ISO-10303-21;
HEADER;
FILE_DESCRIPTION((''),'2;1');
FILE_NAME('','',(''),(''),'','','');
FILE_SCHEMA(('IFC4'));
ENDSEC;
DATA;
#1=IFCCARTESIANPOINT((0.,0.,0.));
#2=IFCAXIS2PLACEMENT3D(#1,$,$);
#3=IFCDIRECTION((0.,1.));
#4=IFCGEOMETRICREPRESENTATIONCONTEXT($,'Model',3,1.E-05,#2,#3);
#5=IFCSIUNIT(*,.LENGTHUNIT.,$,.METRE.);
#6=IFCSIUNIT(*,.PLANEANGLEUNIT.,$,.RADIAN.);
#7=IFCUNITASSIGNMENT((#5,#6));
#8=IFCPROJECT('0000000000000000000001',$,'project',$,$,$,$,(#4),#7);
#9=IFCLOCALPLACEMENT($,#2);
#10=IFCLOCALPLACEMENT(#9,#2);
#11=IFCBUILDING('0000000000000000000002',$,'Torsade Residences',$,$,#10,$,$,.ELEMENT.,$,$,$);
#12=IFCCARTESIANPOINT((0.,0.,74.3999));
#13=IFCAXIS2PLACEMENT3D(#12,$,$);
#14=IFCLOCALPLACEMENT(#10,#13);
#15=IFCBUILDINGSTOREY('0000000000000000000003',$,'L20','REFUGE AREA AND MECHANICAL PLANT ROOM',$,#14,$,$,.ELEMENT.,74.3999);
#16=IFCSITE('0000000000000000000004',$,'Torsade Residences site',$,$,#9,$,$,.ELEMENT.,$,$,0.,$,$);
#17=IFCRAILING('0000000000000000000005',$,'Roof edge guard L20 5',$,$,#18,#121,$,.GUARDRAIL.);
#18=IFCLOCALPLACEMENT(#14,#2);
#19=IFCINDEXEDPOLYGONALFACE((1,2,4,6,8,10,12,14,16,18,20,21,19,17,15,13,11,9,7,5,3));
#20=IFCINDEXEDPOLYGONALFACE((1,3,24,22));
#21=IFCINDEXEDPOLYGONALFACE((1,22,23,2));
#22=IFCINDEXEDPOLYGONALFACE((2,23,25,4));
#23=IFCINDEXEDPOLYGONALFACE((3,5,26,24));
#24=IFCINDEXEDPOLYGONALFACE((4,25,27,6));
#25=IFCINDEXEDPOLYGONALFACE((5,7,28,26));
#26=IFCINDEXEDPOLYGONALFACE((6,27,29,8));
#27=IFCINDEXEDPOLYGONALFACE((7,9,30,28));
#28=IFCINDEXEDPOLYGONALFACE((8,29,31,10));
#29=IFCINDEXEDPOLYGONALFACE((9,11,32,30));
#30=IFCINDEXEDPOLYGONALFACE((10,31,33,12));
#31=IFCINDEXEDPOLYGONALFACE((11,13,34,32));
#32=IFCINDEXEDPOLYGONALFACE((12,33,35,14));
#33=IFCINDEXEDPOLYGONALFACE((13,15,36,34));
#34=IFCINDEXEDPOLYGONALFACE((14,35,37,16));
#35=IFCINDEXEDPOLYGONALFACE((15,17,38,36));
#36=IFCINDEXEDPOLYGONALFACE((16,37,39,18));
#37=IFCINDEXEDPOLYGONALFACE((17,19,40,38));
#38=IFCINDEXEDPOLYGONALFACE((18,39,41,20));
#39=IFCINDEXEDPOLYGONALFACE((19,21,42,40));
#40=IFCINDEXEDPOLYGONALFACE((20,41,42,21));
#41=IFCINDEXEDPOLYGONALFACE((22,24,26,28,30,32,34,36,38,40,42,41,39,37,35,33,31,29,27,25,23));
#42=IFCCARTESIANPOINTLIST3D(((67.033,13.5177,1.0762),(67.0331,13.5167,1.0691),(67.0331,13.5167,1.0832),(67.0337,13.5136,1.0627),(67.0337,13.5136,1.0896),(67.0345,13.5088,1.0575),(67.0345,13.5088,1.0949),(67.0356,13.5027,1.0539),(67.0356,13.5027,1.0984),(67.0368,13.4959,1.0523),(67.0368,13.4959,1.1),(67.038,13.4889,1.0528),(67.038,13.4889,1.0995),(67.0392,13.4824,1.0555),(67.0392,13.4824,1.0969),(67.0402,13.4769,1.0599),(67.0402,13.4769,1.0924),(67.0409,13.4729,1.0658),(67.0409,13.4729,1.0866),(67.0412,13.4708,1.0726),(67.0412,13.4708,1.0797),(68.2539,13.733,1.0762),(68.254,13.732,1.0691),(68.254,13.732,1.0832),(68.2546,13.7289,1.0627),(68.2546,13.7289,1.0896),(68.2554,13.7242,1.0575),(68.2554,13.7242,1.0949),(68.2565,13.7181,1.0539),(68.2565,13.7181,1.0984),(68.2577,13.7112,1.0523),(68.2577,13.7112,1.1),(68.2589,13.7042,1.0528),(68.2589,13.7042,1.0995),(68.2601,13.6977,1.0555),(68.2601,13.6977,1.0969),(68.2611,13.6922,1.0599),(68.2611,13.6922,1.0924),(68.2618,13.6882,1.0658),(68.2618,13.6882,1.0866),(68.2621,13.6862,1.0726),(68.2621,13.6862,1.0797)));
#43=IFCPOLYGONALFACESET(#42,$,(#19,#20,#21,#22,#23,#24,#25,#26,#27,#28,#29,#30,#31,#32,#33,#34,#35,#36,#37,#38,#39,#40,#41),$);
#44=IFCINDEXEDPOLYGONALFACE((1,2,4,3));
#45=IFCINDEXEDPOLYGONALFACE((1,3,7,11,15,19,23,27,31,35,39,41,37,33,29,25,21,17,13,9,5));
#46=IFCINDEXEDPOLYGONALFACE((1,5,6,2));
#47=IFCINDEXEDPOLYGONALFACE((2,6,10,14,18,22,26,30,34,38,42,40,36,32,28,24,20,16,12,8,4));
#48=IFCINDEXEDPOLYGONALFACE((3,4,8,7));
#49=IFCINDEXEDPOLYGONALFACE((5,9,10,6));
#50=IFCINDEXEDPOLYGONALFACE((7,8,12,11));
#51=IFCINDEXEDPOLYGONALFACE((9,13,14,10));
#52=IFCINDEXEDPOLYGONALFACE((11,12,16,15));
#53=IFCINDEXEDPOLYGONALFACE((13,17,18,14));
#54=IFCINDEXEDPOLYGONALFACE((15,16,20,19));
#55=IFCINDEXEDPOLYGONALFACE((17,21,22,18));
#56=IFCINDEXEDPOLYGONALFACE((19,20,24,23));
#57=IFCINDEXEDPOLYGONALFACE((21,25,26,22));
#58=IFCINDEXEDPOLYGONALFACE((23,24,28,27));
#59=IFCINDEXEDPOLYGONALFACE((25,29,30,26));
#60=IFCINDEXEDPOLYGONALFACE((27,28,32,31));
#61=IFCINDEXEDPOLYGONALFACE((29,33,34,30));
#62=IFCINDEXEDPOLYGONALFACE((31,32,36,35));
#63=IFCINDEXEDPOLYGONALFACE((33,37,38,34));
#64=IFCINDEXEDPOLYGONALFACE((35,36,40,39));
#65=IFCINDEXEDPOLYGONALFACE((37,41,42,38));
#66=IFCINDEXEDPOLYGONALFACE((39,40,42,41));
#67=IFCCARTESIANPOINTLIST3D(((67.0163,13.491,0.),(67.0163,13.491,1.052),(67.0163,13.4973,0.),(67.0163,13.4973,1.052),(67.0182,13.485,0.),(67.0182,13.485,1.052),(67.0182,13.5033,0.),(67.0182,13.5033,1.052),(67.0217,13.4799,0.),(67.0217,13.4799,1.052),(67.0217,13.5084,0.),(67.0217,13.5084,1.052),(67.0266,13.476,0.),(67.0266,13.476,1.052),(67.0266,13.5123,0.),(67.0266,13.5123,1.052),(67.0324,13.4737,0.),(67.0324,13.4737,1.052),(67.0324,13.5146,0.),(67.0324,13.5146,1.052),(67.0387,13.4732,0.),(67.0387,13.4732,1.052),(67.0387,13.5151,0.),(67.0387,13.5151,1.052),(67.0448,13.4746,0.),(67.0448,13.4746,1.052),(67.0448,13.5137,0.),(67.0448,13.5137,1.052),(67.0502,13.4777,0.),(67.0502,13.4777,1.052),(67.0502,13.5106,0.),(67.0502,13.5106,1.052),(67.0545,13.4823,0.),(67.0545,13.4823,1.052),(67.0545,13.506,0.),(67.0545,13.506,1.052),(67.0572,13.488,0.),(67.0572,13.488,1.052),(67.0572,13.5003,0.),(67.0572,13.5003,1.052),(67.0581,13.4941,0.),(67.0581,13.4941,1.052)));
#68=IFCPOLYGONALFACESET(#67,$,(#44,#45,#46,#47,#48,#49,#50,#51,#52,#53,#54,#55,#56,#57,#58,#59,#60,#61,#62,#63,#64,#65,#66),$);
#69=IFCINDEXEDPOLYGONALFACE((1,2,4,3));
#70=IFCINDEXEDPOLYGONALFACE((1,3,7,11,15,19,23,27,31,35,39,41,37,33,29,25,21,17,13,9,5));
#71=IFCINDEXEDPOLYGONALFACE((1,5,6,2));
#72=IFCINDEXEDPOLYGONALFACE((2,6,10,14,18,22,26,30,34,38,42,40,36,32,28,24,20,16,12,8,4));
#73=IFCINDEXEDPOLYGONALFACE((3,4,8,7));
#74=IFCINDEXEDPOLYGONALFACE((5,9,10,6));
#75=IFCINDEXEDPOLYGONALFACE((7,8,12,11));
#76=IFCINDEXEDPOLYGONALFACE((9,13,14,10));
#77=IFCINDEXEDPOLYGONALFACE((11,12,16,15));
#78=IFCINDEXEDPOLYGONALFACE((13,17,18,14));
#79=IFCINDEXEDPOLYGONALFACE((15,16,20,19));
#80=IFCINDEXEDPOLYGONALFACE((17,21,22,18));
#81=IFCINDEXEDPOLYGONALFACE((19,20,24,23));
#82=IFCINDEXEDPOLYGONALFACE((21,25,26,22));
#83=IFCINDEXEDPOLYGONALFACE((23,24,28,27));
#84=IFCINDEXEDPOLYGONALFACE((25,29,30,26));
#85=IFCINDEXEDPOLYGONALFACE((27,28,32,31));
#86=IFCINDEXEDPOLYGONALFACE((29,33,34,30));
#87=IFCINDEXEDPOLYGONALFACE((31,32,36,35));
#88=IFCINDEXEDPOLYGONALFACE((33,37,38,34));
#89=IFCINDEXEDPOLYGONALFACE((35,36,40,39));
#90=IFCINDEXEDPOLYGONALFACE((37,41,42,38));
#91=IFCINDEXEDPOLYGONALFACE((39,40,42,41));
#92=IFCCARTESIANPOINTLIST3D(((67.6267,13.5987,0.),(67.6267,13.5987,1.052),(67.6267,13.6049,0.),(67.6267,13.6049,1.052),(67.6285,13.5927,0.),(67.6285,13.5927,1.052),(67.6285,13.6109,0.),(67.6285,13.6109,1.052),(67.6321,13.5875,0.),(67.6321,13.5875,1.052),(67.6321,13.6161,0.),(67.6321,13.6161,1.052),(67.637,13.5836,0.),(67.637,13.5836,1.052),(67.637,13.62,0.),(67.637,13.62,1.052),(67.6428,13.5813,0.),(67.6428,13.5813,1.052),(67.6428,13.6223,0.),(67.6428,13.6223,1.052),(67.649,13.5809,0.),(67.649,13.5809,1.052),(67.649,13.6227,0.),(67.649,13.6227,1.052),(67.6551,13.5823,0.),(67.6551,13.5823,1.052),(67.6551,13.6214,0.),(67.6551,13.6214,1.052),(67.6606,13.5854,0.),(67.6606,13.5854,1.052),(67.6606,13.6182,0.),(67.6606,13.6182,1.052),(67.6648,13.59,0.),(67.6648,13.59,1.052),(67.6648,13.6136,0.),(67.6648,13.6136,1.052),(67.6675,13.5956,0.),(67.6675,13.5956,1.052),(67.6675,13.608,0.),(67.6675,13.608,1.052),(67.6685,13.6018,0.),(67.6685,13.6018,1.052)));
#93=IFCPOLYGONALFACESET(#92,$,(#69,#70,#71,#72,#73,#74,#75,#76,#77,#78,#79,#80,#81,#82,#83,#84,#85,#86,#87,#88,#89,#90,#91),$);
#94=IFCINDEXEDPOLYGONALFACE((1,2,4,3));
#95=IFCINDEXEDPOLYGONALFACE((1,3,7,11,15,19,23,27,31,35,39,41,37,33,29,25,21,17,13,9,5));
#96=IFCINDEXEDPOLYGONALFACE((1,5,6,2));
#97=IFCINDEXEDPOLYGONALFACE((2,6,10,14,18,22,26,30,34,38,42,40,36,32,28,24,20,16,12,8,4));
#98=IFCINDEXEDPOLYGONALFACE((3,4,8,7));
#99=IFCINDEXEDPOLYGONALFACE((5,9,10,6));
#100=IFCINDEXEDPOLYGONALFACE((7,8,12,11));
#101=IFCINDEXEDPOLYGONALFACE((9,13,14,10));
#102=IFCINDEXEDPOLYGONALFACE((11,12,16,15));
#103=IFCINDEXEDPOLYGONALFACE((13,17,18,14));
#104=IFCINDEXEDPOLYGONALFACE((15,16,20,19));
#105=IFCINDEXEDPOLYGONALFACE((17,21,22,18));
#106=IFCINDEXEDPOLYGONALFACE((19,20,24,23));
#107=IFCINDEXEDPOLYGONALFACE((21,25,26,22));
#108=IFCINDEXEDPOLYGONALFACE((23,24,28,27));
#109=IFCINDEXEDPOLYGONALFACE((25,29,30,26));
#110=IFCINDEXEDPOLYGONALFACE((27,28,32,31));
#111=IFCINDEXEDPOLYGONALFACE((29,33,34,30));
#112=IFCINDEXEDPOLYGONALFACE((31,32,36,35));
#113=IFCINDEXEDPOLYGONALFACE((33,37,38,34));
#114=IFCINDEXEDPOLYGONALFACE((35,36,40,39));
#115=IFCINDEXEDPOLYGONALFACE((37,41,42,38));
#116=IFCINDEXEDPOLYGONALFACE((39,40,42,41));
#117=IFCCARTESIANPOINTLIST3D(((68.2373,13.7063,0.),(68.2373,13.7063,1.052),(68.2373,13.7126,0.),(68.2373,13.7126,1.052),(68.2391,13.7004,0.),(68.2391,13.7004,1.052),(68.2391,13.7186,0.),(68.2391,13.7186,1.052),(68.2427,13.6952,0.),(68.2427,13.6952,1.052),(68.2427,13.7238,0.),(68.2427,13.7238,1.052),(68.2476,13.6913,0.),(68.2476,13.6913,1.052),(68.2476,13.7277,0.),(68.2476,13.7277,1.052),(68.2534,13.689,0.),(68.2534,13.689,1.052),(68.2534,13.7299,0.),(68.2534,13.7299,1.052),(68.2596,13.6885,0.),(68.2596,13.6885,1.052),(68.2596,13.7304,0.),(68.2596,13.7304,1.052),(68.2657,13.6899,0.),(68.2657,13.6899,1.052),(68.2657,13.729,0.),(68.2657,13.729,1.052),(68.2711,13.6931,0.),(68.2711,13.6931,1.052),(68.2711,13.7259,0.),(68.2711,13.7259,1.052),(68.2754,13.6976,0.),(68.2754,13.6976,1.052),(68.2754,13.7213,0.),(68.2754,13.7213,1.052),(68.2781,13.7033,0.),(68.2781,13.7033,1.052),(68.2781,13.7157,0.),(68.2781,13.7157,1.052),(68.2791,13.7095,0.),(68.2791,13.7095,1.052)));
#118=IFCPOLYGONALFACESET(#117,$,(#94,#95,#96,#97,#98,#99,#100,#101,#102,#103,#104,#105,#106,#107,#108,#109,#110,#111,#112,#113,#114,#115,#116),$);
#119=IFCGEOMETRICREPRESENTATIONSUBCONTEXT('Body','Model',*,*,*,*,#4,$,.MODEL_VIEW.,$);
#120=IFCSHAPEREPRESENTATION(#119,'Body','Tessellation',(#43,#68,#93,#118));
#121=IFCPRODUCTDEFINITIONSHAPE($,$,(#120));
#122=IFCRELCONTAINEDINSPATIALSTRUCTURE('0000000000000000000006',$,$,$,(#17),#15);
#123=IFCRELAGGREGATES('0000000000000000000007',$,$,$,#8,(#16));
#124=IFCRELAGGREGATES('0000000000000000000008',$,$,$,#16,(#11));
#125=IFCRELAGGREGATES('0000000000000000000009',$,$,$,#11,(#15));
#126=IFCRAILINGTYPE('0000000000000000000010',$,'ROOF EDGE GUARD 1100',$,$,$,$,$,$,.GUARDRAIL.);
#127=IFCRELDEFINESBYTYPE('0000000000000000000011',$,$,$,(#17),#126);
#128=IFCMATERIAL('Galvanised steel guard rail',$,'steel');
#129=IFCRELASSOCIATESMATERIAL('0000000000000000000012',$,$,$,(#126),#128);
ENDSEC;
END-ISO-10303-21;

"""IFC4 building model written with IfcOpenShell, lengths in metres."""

from ifc_helpers import new_model, si_unit, direction, frame, origin, origin_2d, place, context, subcontext, project, spatial, circle, extrude, material, type_object, element, save


model = new_model("IFC4")

# Units and contexts
model_context = context("Model", 3, precision=1e-05, world=origin(), true_north=direction((0.0, 1.0)))
body_context = subcontext(model_context, "Body", "Model", "MODEL_VIEW")
ifc_project = project(units=[si_unit("LENGTHUNIT", "METRE"), si_unit("PLANEANGLEUNIT", "RADIAN")], contexts=[model_context])

# Site, building, storey
site_placement = place(None, origin())
site = spatial("IfcSite", under=ifc_project, at=site_placement, Name="Torsade Residences site", CompositionType="ELEMENT", RefElevation=0.0)
building_placement = place(site_placement, origin())
building = spatial("IfcBuilding", under=site, at=building_placement, Name="Torsade Residences", CompositionType="ELEMENT")
storey_placement = place(building_placement, frame((0.0, 0.0, 74.3999)))
storey = spatial("IfcBuildingStorey", under=building, at=storey_placement, Name="L20", Description="REFUGE AREA AND MECHANICAL PLANT ROOM", CompositionType="ELEMENT", Elevation=74.3999)

# Railing
ifc_material_1 = material(Name="Galvanised steel guard rail", Category="steel")
railing_type = type_object("IfcRailingType", Name="ROOF EDGE GUARD 1100", PredefinedType="GUARDRAIL", material=ifc_material_1)
railing_1_placement = place(storey_placement, frame((67.0371, 13.4941, 0.0)))
element("IfcRailing", 1, at=railing_1_placement, inside=storey, type_object=railing_type, Name="Roof edge guard L20 5", PredefinedType="GUARDRAIL", context=body_context, shape_type="SweptSolid", body=[
    extrude(circle(Radius=0.0239, at=origin_2d()), frame((0.0, 0.0, 1.0762), z_axis=(0.984801, 0.173684, 0.0), x_axis=(-0.173684, 0.984801, 0.0)), (0.0, 0.0, 1.0), 1.2397),
    extrude(circle(Radius=0.021, at=origin_2d()), origin(), (0.0, 0.0, 1.0), 1.052),
    extrude(circle(Radius=0.021, at=origin_2d()), frame((0.6104, 0.1077, 0.0)), (0.0, 0.0, 1.0), 1.052),
    extrude(circle(Radius=0.021, at=origin_2d()), frame((1.2209, 0.2153, 0.0)), (0.0, 0.0, 1.0), 1.052),
])

save(model, "model.ifc")
